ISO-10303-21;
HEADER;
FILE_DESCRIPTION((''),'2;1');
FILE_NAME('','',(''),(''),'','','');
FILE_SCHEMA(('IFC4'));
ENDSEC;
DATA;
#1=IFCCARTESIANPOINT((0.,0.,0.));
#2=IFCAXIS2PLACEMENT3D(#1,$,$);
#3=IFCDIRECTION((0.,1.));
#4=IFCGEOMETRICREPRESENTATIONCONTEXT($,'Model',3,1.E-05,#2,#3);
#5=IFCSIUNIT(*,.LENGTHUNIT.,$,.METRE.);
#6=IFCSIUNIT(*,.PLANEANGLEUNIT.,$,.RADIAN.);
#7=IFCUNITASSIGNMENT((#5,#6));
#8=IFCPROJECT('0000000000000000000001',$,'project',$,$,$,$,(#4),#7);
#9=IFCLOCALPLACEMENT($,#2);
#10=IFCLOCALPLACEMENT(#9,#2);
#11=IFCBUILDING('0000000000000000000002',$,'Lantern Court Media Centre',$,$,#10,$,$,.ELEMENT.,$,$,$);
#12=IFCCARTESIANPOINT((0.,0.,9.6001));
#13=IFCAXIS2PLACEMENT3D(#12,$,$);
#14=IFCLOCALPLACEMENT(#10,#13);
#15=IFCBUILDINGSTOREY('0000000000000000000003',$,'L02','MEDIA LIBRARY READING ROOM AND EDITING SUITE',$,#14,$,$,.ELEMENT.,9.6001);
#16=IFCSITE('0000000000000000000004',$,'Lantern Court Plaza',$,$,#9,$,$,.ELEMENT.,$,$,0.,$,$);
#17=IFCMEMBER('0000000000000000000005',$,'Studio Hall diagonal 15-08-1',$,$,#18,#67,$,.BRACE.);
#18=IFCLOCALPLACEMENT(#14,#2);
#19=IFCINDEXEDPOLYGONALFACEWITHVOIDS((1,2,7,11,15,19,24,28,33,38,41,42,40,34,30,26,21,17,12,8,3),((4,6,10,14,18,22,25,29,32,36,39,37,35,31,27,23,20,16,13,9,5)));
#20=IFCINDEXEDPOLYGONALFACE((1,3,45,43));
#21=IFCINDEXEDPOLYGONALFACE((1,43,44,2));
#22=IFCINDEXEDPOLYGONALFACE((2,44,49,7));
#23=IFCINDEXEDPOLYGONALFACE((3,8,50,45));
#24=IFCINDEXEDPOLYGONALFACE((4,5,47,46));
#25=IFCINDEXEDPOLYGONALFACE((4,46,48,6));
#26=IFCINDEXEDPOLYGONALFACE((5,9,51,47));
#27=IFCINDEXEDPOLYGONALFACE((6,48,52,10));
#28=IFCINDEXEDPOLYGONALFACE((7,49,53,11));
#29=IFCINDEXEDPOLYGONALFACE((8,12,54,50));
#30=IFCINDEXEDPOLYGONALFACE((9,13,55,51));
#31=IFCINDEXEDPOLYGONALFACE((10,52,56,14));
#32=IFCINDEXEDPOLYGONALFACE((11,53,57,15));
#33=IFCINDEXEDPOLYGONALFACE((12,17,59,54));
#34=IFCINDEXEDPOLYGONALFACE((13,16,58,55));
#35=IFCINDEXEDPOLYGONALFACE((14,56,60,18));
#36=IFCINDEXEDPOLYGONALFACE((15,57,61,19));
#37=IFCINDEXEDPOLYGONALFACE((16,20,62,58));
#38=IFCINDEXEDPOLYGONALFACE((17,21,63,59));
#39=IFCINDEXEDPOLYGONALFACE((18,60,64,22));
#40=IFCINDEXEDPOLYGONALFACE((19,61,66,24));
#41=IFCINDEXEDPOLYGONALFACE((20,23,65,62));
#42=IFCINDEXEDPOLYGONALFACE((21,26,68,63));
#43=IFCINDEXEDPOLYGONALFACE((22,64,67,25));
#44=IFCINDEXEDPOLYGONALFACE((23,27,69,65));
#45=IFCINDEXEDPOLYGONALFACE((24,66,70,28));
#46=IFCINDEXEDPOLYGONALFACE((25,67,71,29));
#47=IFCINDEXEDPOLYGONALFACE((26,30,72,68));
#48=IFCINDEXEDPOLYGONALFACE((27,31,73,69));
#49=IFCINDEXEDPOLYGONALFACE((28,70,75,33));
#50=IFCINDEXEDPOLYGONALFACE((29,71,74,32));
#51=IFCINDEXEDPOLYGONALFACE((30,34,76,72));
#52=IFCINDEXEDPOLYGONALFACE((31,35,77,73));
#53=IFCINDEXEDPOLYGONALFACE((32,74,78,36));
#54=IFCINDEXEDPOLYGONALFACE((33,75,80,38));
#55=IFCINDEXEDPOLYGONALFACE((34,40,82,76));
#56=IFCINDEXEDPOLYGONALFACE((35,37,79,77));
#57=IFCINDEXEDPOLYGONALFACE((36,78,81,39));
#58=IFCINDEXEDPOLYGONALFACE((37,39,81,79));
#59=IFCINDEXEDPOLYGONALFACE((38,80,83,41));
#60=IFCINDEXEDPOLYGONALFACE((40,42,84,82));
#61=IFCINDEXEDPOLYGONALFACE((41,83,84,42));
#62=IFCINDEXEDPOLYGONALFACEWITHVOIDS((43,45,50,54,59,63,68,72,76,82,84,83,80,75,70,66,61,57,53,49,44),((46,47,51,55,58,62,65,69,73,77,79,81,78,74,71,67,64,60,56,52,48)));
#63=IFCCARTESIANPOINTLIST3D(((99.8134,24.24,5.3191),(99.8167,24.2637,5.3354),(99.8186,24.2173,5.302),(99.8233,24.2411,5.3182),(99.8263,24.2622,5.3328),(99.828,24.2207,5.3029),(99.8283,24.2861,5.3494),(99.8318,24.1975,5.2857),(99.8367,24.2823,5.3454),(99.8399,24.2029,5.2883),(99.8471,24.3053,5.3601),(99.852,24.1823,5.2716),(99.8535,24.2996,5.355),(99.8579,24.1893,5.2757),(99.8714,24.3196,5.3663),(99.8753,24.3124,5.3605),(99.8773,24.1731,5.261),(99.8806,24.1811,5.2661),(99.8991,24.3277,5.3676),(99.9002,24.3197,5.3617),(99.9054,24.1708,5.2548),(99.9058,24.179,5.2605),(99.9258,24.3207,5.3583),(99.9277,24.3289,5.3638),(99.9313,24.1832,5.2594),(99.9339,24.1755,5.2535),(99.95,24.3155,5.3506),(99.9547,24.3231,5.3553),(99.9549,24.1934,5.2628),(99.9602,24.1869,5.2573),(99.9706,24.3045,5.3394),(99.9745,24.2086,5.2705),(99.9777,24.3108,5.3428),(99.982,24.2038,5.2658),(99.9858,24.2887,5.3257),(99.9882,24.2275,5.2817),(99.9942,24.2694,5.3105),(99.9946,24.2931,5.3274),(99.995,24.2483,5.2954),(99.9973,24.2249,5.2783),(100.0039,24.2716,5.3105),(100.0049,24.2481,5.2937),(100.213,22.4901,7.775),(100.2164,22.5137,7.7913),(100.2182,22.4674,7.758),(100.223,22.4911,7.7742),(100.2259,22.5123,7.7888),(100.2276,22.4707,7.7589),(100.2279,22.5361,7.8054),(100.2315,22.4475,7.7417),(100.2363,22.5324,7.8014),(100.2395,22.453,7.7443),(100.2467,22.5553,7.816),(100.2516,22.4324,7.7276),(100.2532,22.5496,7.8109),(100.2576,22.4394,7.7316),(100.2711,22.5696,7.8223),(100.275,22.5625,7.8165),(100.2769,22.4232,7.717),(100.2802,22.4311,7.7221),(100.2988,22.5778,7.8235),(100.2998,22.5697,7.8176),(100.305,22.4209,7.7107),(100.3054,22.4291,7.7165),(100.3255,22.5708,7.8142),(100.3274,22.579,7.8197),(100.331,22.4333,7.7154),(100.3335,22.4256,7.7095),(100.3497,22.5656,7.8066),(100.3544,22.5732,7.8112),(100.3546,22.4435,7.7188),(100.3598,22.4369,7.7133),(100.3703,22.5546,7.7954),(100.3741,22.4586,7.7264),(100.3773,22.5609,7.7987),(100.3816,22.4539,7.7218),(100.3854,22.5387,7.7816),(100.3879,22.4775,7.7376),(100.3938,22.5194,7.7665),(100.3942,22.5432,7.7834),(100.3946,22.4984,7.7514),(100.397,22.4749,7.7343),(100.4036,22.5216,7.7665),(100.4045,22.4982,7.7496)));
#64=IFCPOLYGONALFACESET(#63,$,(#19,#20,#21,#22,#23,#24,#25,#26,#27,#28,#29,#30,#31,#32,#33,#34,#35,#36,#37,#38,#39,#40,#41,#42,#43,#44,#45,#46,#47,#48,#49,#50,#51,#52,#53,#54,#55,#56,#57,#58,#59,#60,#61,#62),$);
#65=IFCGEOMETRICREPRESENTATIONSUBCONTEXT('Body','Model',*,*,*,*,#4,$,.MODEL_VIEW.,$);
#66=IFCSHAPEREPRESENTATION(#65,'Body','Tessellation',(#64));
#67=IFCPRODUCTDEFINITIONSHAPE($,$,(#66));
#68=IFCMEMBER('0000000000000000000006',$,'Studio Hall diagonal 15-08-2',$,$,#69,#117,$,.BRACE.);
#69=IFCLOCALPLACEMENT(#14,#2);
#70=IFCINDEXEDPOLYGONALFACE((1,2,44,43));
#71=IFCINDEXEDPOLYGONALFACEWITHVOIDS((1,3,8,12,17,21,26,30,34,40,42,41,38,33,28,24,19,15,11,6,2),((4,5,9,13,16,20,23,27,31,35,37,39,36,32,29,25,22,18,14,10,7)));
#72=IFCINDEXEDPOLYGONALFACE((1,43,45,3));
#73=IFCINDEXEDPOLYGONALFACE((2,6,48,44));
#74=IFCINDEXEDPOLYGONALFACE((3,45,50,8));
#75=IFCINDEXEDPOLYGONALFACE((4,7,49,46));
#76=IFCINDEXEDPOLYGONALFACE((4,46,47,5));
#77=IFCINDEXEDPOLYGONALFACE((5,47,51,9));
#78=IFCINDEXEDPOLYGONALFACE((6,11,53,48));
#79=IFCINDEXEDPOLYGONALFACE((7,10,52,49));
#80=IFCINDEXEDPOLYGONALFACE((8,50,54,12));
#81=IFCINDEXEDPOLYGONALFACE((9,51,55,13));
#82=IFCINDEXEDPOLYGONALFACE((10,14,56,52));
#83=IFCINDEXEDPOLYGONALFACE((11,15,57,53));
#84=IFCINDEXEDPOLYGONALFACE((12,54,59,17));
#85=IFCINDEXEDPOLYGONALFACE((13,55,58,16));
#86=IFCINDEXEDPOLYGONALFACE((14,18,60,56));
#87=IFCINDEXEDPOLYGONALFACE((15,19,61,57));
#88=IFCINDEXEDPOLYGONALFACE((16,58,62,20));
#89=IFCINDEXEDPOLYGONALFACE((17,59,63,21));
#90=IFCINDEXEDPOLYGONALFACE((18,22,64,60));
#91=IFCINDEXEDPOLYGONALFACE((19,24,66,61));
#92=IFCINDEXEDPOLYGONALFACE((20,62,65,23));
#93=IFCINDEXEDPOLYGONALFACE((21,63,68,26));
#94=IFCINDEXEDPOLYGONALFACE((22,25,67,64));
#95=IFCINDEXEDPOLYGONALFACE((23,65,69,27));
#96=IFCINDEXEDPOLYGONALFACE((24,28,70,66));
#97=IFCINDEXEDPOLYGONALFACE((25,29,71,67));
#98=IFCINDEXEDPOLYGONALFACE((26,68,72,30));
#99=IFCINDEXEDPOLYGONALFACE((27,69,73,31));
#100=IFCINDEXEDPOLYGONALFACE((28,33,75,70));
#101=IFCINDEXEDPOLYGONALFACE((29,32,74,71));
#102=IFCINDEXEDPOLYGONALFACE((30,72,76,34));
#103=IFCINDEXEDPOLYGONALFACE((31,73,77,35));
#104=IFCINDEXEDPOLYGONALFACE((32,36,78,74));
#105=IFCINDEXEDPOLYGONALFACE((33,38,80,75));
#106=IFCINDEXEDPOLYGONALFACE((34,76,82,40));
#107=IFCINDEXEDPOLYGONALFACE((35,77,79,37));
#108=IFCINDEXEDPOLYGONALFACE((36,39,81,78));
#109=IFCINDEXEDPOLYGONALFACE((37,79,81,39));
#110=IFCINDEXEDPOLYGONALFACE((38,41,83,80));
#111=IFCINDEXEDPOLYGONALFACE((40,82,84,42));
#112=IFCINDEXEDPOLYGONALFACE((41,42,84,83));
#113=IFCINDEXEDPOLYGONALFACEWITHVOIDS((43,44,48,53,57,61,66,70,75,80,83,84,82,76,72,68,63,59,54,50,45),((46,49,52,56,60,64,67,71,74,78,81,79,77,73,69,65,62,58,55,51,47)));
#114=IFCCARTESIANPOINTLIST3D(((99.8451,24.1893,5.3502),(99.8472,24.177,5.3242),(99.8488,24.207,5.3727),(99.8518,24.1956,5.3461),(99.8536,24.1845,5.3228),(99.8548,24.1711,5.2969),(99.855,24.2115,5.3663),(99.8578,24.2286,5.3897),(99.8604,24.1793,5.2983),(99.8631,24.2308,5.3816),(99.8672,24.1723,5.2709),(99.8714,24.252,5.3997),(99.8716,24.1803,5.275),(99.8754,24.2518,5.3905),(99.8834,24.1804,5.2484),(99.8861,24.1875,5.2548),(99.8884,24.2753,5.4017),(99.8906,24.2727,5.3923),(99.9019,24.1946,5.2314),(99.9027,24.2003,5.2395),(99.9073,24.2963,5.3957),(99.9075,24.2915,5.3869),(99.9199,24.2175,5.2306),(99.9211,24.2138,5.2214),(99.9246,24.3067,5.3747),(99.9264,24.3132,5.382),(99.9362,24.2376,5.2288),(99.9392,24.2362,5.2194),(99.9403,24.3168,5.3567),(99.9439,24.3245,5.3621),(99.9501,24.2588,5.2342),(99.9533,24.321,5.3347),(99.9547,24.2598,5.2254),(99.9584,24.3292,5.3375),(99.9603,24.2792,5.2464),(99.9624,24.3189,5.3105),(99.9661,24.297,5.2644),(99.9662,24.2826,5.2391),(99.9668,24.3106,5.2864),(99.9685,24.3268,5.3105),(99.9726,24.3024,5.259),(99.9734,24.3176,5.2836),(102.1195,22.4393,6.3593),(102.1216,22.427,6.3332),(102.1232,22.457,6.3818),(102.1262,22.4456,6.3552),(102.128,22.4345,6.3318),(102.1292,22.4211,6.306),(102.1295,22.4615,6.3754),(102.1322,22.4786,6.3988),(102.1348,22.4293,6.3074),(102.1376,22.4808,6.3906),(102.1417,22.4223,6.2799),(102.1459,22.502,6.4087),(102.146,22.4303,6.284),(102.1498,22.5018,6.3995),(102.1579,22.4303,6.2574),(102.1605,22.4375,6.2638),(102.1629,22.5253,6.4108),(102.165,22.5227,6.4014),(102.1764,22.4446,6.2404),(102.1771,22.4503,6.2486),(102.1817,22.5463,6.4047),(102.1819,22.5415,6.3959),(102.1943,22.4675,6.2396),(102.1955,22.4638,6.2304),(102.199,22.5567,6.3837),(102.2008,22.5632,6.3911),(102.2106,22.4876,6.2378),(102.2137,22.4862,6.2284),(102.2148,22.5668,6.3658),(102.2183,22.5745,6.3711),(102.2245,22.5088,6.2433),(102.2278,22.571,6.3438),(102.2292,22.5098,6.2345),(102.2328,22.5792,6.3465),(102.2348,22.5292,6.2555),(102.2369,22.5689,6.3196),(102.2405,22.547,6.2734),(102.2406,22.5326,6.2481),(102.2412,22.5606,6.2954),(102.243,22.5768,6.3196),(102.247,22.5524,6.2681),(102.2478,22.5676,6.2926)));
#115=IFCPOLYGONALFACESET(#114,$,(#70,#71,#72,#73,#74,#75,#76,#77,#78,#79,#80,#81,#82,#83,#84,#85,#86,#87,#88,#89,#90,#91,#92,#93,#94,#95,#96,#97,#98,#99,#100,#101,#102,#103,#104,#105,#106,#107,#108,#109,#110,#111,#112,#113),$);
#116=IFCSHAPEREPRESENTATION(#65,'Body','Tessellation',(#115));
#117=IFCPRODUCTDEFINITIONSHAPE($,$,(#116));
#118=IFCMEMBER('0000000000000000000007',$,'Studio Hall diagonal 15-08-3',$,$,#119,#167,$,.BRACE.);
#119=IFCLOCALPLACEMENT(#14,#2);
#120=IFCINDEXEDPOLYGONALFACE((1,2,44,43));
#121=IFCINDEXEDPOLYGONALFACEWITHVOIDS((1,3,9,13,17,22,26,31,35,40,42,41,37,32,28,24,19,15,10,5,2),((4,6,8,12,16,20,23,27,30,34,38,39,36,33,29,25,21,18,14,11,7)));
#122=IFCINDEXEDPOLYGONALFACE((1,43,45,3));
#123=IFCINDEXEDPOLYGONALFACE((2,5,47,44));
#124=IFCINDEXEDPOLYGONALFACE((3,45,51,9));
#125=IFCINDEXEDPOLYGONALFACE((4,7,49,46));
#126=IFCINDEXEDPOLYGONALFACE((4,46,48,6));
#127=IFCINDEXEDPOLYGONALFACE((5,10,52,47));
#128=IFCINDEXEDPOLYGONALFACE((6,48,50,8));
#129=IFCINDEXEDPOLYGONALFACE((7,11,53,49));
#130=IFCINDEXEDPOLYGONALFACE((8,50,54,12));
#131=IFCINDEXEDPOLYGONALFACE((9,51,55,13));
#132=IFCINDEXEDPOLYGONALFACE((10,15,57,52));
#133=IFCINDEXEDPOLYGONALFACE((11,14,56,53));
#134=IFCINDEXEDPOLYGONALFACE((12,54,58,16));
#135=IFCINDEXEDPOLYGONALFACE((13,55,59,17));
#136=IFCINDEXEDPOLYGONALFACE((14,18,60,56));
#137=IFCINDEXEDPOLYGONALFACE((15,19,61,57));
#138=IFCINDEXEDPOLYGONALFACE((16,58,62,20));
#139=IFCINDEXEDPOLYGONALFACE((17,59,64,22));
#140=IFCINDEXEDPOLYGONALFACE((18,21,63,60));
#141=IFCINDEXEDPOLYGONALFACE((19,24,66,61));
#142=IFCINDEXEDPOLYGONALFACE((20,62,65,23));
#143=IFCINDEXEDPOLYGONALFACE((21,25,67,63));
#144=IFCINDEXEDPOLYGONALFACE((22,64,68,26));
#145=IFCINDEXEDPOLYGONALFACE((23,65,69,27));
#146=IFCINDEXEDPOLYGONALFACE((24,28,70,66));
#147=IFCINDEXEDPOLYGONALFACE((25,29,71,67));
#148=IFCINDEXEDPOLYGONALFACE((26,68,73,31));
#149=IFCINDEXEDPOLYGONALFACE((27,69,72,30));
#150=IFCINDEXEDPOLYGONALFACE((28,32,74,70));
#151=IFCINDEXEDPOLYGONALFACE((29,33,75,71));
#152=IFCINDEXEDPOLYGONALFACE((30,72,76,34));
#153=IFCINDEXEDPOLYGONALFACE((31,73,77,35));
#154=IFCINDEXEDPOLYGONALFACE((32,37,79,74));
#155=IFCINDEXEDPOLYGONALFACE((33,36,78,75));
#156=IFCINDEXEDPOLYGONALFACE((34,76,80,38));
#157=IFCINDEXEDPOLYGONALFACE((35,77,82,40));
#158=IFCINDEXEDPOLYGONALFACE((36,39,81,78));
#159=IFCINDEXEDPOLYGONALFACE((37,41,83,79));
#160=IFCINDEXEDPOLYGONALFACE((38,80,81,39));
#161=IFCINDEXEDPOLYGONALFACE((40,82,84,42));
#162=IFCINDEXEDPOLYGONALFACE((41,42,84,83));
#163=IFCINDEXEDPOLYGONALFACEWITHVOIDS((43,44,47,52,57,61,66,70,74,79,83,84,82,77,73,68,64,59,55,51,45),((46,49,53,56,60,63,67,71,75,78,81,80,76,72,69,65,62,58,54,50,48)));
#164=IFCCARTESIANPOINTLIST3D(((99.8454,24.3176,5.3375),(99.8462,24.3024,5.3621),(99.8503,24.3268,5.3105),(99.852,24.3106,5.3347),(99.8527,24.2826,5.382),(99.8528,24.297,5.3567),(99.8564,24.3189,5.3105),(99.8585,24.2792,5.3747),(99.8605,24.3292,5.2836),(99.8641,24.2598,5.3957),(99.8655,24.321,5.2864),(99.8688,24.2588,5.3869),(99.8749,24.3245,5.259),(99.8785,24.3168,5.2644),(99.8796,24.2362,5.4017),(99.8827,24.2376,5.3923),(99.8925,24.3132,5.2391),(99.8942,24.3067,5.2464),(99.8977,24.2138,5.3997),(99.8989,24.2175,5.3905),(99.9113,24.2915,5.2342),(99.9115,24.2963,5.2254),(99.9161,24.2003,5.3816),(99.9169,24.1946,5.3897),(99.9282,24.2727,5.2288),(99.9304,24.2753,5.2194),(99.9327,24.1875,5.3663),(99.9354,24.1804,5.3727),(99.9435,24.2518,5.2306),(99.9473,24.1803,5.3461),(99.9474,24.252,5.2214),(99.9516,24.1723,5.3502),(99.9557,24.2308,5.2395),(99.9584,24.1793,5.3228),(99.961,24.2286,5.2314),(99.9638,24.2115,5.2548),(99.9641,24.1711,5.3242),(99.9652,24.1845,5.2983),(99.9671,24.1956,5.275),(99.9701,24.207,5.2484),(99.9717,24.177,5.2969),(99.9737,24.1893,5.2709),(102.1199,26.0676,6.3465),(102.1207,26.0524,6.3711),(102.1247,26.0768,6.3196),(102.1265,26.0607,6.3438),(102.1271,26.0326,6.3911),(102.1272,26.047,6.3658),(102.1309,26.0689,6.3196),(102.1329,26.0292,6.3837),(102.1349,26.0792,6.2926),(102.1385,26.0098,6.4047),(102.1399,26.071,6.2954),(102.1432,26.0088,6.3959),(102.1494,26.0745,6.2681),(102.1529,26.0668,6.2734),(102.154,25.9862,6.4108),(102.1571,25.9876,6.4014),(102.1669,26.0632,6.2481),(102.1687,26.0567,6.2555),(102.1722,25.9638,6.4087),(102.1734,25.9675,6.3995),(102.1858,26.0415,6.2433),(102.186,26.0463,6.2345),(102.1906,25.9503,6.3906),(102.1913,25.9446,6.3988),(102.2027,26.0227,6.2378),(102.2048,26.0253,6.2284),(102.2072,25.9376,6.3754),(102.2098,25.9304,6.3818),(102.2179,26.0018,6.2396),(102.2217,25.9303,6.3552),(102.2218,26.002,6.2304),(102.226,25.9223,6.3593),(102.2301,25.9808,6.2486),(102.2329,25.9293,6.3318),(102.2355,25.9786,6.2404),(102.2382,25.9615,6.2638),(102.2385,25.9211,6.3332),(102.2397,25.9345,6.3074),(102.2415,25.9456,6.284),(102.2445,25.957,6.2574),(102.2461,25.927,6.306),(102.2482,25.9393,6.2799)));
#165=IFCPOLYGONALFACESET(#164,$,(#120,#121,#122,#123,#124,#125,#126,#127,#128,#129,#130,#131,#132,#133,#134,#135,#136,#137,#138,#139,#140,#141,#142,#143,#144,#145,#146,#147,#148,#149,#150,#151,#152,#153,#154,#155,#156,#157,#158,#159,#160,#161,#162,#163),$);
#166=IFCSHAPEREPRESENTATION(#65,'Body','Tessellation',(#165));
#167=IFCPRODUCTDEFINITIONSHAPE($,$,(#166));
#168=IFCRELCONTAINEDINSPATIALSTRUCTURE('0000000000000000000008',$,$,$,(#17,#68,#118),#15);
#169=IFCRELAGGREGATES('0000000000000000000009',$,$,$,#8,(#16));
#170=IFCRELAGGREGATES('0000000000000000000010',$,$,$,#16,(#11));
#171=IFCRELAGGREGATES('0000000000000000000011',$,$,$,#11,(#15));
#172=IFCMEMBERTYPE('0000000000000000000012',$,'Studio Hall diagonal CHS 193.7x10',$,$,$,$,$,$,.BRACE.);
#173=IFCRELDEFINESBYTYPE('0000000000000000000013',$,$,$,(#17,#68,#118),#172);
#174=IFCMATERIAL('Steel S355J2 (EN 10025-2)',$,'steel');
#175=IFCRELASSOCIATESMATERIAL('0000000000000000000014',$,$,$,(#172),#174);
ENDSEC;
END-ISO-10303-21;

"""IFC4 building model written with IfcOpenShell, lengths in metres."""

from ifc_helpers import new_model, si_unit, direction, frame, origin, origin_2d, place, context, subcontext, project, spatial, hollow_circle, extrude, material, material_profile, profile_set, type_object, element, save


model = new_model("IFC4")

# Units and contexts
model_context = context("Model", 3, precision=1e-05, world=origin(), true_north=direction((0.0, 1.0)))
body_context = subcontext(model_context, "Body", "Model", "MODEL_VIEW")
ifc_project = project(units=[si_unit("LENGTHUNIT", "METRE"), si_unit("PLANEANGLEUNIT", "RADIAN")], contexts=[model_context])

# Site, building, storey
site_placement = place(None, origin())
site = spatial("IfcSite", under=ifc_project, at=site_placement, Name="Lantern Court Plaza", CompositionType="ELEMENT", RefElevation=0.0)
building_placement = place(site_placement, origin())
building = spatial("IfcBuilding", under=site, at=building_placement, Name="Lantern Court Media Centre", CompositionType="ELEMENT")
storey_placement = place(building_placement, frame((0.0, 0.0, 9.6001)))
storey = spatial("IfcBuildingStorey", under=building, at=storey_placement, Name="L02", Description="MEDIA LIBRARY READING ROOM AND EDITING SUITE", CompositionType="ELEMENT", Elevation=9.6001)

# Shared definitions
ifc_material_1 = material(Name="Steel S355J2 (EN 10025-2)", Category="steel")

# Members
ifc_material_profile_1 = material_profile(ifc_material_1, hollow_circle(Radius=0.0969, WallThickness=0.01, at=origin_2d()), Name="Studio Hall diagonal CHS 193.7x10")
ifc_profile_set_1 = profile_set([ifc_material_profile_1], Name="Steel S355J2 (EN 10025-2)")
member_type_1 = type_object("IfcMemberType", Name="Studio Hall diagonal CHS 193.7x10", PredefinedType="BRACE", material=ifc_profile_set_1)
for number, where, z_axis, x_axis, name in (
    (1, (99.9094, 24.25, 5.3105), (0.131375, -0.575259, 0.807352), (0.9749, 0.222644, 0.0), "Studio Hall diagonal 15-08-1"),
    (2, (99.9094, 24.25, 5.3105), (0.747677, -0.575284, 0.331703), (0.609809, 0.792548, 0.0), "Studio Hall diagonal 15-08-2"),
    (3, (99.9094, 24.25, 5.3105), (0.747677, 0.575284, 0.331703), (-0.609809, 0.792548, 0.0), "Studio Hall diagonal 15-08-3"),
):
    element("IfcMember", number, at=place(storey_placement, frame(where, z_axis=z_axis, x_axis=x_axis)), inside=storey, type_object=member_type_1, Name=name, PredefinedType="BRACE", context=body_context, shape_type="SweptSolid", body=[
        extrude(hollow_circle(Radius=0.0969, WallThickness=0.01, at=origin_2d()), origin(), (0.0, 0.0, 1.0), 3.042),
    ])

save(model, "model.ifc")
